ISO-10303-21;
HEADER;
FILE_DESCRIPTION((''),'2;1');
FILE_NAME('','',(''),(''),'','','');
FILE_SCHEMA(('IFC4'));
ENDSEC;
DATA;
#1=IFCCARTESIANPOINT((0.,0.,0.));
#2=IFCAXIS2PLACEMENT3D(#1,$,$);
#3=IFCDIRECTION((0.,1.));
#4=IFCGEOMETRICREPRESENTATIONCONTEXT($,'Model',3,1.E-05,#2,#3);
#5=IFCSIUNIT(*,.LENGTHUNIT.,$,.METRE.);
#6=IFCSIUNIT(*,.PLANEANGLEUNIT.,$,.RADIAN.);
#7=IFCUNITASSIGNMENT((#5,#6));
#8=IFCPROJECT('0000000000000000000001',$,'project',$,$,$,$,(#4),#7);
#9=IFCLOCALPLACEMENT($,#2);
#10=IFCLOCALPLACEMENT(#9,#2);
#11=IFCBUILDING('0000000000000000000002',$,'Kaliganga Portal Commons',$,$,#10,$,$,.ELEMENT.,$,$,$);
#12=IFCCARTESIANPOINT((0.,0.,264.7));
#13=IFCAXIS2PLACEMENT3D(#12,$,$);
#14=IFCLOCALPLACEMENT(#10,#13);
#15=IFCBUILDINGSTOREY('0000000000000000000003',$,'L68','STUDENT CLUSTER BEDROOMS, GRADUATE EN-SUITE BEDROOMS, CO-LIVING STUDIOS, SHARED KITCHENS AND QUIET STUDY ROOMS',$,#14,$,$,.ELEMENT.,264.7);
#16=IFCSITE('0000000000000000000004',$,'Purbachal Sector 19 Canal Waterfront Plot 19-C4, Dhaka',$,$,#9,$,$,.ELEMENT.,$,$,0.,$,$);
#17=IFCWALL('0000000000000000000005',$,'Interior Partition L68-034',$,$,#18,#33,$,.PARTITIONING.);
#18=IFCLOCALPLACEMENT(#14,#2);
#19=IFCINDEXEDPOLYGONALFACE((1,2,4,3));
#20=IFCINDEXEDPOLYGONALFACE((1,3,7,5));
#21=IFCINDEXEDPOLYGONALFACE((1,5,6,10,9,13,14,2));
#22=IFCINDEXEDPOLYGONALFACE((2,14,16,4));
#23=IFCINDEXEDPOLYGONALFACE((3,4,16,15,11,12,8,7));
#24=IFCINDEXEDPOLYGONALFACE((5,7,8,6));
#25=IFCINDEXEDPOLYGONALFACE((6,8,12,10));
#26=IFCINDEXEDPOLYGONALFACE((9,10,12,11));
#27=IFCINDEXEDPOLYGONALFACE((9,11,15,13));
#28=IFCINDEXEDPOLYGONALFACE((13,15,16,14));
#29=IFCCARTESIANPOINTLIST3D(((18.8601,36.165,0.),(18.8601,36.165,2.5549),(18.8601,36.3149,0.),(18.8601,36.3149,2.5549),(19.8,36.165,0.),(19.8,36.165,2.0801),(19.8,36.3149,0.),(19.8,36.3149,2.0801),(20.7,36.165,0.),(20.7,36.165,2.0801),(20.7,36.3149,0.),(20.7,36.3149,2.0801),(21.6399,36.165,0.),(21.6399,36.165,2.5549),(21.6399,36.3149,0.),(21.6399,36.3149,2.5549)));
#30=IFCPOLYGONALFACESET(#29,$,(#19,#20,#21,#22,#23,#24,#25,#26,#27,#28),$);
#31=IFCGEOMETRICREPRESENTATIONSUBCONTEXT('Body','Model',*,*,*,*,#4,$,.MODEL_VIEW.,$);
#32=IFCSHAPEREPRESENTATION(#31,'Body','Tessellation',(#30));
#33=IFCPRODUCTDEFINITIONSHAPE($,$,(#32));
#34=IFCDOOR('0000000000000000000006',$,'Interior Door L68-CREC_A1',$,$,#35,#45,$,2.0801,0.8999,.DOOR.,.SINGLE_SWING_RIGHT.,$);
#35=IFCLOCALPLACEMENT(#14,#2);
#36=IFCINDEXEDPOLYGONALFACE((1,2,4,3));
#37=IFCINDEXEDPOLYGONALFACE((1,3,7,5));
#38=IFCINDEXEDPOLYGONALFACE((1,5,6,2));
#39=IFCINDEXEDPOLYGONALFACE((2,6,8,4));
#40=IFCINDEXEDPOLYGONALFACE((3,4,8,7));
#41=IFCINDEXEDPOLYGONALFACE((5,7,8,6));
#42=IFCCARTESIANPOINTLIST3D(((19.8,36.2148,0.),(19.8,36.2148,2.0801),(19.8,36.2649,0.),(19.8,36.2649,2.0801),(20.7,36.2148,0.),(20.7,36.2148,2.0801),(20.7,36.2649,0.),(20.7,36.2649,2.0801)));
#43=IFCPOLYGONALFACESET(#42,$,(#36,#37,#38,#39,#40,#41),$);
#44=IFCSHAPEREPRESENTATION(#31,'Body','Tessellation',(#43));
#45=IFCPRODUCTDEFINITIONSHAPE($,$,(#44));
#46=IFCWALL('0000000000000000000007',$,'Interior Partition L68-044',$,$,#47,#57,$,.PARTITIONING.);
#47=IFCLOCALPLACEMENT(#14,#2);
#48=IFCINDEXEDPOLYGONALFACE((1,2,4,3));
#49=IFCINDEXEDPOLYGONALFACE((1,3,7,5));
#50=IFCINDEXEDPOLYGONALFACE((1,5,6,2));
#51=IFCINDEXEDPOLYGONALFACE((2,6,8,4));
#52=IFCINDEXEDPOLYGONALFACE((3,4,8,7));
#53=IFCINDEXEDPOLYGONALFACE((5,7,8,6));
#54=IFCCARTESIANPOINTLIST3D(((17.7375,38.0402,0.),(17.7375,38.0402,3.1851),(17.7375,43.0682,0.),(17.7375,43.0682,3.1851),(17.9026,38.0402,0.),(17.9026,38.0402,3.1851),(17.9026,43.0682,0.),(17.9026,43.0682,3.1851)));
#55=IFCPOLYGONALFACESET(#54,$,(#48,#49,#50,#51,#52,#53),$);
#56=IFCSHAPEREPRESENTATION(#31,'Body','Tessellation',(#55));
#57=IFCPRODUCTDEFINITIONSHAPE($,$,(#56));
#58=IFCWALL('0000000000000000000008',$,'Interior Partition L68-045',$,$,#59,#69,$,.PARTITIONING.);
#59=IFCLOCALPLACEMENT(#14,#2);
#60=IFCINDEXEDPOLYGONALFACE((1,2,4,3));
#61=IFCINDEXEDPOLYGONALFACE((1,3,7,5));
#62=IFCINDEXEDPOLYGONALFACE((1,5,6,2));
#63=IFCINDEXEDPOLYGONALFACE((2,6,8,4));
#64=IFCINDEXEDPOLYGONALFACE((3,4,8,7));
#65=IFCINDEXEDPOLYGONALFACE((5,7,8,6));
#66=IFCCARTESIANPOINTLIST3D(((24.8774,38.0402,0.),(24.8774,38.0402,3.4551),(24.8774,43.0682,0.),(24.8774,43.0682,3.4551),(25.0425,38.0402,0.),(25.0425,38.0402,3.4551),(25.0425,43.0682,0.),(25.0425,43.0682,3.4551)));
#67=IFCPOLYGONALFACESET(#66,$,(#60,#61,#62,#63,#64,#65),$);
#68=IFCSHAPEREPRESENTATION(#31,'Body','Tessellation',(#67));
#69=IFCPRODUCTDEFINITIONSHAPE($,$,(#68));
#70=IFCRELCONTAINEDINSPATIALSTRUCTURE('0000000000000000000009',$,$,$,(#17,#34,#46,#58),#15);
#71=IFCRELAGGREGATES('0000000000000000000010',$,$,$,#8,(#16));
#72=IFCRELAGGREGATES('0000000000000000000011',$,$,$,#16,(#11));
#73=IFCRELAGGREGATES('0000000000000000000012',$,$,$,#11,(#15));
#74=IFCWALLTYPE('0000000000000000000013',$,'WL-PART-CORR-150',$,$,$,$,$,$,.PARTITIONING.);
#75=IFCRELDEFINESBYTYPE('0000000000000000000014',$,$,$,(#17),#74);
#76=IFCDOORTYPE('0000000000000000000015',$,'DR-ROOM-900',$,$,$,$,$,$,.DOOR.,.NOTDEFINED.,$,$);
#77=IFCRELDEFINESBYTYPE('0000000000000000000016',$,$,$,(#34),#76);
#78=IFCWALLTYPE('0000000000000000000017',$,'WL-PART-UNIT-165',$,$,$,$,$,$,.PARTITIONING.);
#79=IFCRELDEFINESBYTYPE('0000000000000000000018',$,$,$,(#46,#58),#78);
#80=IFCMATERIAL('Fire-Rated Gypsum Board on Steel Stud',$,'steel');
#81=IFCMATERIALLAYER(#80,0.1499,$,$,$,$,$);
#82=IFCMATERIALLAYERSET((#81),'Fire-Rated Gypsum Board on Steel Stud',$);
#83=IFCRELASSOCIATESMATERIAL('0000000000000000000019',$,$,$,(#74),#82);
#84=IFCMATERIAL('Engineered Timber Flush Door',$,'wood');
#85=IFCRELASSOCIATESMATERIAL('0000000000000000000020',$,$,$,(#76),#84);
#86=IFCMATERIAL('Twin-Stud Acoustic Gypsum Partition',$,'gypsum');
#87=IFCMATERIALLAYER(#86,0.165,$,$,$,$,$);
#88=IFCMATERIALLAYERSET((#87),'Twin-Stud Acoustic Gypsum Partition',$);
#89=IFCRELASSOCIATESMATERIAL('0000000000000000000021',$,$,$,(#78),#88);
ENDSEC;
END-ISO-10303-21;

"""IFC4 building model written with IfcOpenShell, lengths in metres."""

from ifc_helpers import new_model, si_unit, direction, frame, frame_2d, origin, place, context, subcontext, project, spatial, rectangle, extrude, material, layer, layer_set, type_object, element, fill, save


model = new_model("IFC4")

# Units and contexts
model_context = context("Model", 3, precision=1e-05, world=origin(), true_north=direction((0.0, 1.0)))
body_context = subcontext(model_context, "Body", "Model", "MODEL_VIEW")
ifc_project = project(units=[si_unit("LENGTHUNIT", "METRE"), si_unit("PLANEANGLEUNIT", "RADIAN")], contexts=[model_context])

# Site, building, storey
site_placement = place(None, origin())
site = spatial("IfcSite", under=ifc_project, at=site_placement, Name="Purbachal Sector 19 Canal Waterfront Plot 19-C4, Dhaka", CompositionType="ELEMENT", RefElevation=0.0)
building_placement = place(site_placement, origin())
building = spatial("IfcBuilding", under=site, at=building_placement, Name="Kaliganga Portal Commons", CompositionType="ELEMENT")
storey_placement = place(building_placement, frame((0.0, 0.0, 264.7)))
storey = spatial("IfcBuildingStorey", under=building, at=storey_placement, Name="L68", Description="STUDENT CLUSTER BEDROOMS, GRADUATE EN-SUITE BEDROOMS, CO-LIVING STUDIOS, SHARED KITCHENS AND QUIET STUDY ROOMS", CompositionType="ELEMENT", Elevation=264.7)

# Wall, opening, door
ifc_material_1 = material(Name="Fire-Rated Gypsum Board on Steel Stud", Category="steel")
ifc_layer_1 = layer(ifc_material_1, 0.1499)
ifc_layer_set_1 = layer_set([ifc_layer_1], Name="Fire-Rated Gypsum Board on Steel Stud")
wall_type_1 = type_object("IfcWallType", Name="WL-PART-CORR-150", PredefinedType="PARTITIONING", material=ifc_layer_set_1)
ifc_material_2 = material(Name="Engineered Timber Flush Door", Category="wood")
door_type_1 = type_object("IfcDoorType", Name="DR-ROOM-900", OperationType="NOTDEFINED", PredefinedType="DOOR", material=ifc_material_2)
wall_1_placement = place(storey_placement, frame((18.8601, 36.24, 0.0), z_axis=(0.0, 0.0, 1.0), x_axis=(1.0, 0.0, 0.0)))
wall_1 = element("IfcWall", 1, at=wall_1_placement, inside=storey, type_object=wall_type_1, Name="Interior Partition L68-034", PredefinedType="PARTITIONING", context=body_context, shape_type="SweptSolid", body=[
    extrude(rectangle(XDim=2.7798, YDim=0.1499, at=frame_2d((1.3899, 0.0))), origin(), (0.0, 0.0, 1.0), 2.5549),
])
opening_1_placement = place(wall_1_placement, frame((0.9399, 0.0, 0.0)))
opening_1 = element("IfcOpeningElement", 2, at=opening_1_placement, cuts=wall_1, PredefinedType="OPENING", context=body_context, shape_type="SweptSolid", body=[
    extrude(rectangle(XDim=0.8999, YDim=2.0801, at=frame_2d((0.45, 1.04))), frame((0.0, 0.085, 0.0), z_axis=(0.0, -1.0, 0.0), x_axis=(1.0, 0.0, 0.0)), (0.0, 0.0, 1.0), 0.1699),
])
door_1_placement = place(opening_1_placement, origin())
door_1 = element("IfcDoor", 3, at=door_1_placement, inside=storey, type_object=door_type_1, Name="Interior Door L68-CREC_A1", OperationType="SINGLE_SWING_RIGHT", OverallHeight=2.0801, OverallWidth=0.8999, PredefinedType="DOOR", context=body_context, shape_type="SweptSolid", body=[
    extrude(rectangle(XDim=0.8999, YDim=2.0801, at=frame_2d((0.45, 1.04))), frame((0.0, 0.0249, 0.0), z_axis=(0.0, -1.0, 0.0), x_axis=(1.0, 0.0, 0.0)), (0.0, 0.0, 1.0), 0.05),
])
fill(opening_1, door_1)

# Walls
ifc_material_3 = material(Name="Twin-Stud Acoustic Gypsum Partition", Category="gypsum")
ifc_layer_2 = layer(ifc_material_3, 0.165)
ifc_layer_set_2 = layer_set([ifc_layer_2], Name="Twin-Stud Acoustic Gypsum Partition")
wall_type_2 = type_object("IfcWallType", Name="WL-PART-UNIT-165", PredefinedType="PARTITIONING", material=ifc_layer_set_2)
wall_2_placement = place(storey_placement, frame((17.8201, 38.04, 0.0), z_axis=(0.0, 0.0, 1.0), x_axis=(0.0, 1.0, 0.0)))
element("IfcWall", 4, at=wall_2_placement, inside=storey, type_object=wall_type_2, Name="Interior Partition L68-044", PredefinedType="PARTITIONING", context=body_context, shape_type="SweptSolid", body=[
    extrude(rectangle(XDim=5.0281, YDim=0.165, at=frame_2d((2.5142, 0.0))), origin(), (0.0, 0.0, 1.0), 3.1851),
])
wall_3_placement = place(storey_placement, frame((24.96, 38.04, 0.0), z_axis=(0.0, 0.0, 1.0), x_axis=(0.0, 1.0, 0.0)))
element("IfcWall", 5, at=wall_3_placement, inside=storey, type_object=wall_type_2, Name="Interior Partition L68-045", PredefinedType="PARTITIONING", context=body_context, shape_type="SweptSolid", body=[
    extrude(rectangle(XDim=5.0281, YDim=0.165, at=frame_2d((2.5142, 0.0))), origin(), (0.0, 0.0, 1.0), 3.4551),
])

save(model, "model.ifc")
